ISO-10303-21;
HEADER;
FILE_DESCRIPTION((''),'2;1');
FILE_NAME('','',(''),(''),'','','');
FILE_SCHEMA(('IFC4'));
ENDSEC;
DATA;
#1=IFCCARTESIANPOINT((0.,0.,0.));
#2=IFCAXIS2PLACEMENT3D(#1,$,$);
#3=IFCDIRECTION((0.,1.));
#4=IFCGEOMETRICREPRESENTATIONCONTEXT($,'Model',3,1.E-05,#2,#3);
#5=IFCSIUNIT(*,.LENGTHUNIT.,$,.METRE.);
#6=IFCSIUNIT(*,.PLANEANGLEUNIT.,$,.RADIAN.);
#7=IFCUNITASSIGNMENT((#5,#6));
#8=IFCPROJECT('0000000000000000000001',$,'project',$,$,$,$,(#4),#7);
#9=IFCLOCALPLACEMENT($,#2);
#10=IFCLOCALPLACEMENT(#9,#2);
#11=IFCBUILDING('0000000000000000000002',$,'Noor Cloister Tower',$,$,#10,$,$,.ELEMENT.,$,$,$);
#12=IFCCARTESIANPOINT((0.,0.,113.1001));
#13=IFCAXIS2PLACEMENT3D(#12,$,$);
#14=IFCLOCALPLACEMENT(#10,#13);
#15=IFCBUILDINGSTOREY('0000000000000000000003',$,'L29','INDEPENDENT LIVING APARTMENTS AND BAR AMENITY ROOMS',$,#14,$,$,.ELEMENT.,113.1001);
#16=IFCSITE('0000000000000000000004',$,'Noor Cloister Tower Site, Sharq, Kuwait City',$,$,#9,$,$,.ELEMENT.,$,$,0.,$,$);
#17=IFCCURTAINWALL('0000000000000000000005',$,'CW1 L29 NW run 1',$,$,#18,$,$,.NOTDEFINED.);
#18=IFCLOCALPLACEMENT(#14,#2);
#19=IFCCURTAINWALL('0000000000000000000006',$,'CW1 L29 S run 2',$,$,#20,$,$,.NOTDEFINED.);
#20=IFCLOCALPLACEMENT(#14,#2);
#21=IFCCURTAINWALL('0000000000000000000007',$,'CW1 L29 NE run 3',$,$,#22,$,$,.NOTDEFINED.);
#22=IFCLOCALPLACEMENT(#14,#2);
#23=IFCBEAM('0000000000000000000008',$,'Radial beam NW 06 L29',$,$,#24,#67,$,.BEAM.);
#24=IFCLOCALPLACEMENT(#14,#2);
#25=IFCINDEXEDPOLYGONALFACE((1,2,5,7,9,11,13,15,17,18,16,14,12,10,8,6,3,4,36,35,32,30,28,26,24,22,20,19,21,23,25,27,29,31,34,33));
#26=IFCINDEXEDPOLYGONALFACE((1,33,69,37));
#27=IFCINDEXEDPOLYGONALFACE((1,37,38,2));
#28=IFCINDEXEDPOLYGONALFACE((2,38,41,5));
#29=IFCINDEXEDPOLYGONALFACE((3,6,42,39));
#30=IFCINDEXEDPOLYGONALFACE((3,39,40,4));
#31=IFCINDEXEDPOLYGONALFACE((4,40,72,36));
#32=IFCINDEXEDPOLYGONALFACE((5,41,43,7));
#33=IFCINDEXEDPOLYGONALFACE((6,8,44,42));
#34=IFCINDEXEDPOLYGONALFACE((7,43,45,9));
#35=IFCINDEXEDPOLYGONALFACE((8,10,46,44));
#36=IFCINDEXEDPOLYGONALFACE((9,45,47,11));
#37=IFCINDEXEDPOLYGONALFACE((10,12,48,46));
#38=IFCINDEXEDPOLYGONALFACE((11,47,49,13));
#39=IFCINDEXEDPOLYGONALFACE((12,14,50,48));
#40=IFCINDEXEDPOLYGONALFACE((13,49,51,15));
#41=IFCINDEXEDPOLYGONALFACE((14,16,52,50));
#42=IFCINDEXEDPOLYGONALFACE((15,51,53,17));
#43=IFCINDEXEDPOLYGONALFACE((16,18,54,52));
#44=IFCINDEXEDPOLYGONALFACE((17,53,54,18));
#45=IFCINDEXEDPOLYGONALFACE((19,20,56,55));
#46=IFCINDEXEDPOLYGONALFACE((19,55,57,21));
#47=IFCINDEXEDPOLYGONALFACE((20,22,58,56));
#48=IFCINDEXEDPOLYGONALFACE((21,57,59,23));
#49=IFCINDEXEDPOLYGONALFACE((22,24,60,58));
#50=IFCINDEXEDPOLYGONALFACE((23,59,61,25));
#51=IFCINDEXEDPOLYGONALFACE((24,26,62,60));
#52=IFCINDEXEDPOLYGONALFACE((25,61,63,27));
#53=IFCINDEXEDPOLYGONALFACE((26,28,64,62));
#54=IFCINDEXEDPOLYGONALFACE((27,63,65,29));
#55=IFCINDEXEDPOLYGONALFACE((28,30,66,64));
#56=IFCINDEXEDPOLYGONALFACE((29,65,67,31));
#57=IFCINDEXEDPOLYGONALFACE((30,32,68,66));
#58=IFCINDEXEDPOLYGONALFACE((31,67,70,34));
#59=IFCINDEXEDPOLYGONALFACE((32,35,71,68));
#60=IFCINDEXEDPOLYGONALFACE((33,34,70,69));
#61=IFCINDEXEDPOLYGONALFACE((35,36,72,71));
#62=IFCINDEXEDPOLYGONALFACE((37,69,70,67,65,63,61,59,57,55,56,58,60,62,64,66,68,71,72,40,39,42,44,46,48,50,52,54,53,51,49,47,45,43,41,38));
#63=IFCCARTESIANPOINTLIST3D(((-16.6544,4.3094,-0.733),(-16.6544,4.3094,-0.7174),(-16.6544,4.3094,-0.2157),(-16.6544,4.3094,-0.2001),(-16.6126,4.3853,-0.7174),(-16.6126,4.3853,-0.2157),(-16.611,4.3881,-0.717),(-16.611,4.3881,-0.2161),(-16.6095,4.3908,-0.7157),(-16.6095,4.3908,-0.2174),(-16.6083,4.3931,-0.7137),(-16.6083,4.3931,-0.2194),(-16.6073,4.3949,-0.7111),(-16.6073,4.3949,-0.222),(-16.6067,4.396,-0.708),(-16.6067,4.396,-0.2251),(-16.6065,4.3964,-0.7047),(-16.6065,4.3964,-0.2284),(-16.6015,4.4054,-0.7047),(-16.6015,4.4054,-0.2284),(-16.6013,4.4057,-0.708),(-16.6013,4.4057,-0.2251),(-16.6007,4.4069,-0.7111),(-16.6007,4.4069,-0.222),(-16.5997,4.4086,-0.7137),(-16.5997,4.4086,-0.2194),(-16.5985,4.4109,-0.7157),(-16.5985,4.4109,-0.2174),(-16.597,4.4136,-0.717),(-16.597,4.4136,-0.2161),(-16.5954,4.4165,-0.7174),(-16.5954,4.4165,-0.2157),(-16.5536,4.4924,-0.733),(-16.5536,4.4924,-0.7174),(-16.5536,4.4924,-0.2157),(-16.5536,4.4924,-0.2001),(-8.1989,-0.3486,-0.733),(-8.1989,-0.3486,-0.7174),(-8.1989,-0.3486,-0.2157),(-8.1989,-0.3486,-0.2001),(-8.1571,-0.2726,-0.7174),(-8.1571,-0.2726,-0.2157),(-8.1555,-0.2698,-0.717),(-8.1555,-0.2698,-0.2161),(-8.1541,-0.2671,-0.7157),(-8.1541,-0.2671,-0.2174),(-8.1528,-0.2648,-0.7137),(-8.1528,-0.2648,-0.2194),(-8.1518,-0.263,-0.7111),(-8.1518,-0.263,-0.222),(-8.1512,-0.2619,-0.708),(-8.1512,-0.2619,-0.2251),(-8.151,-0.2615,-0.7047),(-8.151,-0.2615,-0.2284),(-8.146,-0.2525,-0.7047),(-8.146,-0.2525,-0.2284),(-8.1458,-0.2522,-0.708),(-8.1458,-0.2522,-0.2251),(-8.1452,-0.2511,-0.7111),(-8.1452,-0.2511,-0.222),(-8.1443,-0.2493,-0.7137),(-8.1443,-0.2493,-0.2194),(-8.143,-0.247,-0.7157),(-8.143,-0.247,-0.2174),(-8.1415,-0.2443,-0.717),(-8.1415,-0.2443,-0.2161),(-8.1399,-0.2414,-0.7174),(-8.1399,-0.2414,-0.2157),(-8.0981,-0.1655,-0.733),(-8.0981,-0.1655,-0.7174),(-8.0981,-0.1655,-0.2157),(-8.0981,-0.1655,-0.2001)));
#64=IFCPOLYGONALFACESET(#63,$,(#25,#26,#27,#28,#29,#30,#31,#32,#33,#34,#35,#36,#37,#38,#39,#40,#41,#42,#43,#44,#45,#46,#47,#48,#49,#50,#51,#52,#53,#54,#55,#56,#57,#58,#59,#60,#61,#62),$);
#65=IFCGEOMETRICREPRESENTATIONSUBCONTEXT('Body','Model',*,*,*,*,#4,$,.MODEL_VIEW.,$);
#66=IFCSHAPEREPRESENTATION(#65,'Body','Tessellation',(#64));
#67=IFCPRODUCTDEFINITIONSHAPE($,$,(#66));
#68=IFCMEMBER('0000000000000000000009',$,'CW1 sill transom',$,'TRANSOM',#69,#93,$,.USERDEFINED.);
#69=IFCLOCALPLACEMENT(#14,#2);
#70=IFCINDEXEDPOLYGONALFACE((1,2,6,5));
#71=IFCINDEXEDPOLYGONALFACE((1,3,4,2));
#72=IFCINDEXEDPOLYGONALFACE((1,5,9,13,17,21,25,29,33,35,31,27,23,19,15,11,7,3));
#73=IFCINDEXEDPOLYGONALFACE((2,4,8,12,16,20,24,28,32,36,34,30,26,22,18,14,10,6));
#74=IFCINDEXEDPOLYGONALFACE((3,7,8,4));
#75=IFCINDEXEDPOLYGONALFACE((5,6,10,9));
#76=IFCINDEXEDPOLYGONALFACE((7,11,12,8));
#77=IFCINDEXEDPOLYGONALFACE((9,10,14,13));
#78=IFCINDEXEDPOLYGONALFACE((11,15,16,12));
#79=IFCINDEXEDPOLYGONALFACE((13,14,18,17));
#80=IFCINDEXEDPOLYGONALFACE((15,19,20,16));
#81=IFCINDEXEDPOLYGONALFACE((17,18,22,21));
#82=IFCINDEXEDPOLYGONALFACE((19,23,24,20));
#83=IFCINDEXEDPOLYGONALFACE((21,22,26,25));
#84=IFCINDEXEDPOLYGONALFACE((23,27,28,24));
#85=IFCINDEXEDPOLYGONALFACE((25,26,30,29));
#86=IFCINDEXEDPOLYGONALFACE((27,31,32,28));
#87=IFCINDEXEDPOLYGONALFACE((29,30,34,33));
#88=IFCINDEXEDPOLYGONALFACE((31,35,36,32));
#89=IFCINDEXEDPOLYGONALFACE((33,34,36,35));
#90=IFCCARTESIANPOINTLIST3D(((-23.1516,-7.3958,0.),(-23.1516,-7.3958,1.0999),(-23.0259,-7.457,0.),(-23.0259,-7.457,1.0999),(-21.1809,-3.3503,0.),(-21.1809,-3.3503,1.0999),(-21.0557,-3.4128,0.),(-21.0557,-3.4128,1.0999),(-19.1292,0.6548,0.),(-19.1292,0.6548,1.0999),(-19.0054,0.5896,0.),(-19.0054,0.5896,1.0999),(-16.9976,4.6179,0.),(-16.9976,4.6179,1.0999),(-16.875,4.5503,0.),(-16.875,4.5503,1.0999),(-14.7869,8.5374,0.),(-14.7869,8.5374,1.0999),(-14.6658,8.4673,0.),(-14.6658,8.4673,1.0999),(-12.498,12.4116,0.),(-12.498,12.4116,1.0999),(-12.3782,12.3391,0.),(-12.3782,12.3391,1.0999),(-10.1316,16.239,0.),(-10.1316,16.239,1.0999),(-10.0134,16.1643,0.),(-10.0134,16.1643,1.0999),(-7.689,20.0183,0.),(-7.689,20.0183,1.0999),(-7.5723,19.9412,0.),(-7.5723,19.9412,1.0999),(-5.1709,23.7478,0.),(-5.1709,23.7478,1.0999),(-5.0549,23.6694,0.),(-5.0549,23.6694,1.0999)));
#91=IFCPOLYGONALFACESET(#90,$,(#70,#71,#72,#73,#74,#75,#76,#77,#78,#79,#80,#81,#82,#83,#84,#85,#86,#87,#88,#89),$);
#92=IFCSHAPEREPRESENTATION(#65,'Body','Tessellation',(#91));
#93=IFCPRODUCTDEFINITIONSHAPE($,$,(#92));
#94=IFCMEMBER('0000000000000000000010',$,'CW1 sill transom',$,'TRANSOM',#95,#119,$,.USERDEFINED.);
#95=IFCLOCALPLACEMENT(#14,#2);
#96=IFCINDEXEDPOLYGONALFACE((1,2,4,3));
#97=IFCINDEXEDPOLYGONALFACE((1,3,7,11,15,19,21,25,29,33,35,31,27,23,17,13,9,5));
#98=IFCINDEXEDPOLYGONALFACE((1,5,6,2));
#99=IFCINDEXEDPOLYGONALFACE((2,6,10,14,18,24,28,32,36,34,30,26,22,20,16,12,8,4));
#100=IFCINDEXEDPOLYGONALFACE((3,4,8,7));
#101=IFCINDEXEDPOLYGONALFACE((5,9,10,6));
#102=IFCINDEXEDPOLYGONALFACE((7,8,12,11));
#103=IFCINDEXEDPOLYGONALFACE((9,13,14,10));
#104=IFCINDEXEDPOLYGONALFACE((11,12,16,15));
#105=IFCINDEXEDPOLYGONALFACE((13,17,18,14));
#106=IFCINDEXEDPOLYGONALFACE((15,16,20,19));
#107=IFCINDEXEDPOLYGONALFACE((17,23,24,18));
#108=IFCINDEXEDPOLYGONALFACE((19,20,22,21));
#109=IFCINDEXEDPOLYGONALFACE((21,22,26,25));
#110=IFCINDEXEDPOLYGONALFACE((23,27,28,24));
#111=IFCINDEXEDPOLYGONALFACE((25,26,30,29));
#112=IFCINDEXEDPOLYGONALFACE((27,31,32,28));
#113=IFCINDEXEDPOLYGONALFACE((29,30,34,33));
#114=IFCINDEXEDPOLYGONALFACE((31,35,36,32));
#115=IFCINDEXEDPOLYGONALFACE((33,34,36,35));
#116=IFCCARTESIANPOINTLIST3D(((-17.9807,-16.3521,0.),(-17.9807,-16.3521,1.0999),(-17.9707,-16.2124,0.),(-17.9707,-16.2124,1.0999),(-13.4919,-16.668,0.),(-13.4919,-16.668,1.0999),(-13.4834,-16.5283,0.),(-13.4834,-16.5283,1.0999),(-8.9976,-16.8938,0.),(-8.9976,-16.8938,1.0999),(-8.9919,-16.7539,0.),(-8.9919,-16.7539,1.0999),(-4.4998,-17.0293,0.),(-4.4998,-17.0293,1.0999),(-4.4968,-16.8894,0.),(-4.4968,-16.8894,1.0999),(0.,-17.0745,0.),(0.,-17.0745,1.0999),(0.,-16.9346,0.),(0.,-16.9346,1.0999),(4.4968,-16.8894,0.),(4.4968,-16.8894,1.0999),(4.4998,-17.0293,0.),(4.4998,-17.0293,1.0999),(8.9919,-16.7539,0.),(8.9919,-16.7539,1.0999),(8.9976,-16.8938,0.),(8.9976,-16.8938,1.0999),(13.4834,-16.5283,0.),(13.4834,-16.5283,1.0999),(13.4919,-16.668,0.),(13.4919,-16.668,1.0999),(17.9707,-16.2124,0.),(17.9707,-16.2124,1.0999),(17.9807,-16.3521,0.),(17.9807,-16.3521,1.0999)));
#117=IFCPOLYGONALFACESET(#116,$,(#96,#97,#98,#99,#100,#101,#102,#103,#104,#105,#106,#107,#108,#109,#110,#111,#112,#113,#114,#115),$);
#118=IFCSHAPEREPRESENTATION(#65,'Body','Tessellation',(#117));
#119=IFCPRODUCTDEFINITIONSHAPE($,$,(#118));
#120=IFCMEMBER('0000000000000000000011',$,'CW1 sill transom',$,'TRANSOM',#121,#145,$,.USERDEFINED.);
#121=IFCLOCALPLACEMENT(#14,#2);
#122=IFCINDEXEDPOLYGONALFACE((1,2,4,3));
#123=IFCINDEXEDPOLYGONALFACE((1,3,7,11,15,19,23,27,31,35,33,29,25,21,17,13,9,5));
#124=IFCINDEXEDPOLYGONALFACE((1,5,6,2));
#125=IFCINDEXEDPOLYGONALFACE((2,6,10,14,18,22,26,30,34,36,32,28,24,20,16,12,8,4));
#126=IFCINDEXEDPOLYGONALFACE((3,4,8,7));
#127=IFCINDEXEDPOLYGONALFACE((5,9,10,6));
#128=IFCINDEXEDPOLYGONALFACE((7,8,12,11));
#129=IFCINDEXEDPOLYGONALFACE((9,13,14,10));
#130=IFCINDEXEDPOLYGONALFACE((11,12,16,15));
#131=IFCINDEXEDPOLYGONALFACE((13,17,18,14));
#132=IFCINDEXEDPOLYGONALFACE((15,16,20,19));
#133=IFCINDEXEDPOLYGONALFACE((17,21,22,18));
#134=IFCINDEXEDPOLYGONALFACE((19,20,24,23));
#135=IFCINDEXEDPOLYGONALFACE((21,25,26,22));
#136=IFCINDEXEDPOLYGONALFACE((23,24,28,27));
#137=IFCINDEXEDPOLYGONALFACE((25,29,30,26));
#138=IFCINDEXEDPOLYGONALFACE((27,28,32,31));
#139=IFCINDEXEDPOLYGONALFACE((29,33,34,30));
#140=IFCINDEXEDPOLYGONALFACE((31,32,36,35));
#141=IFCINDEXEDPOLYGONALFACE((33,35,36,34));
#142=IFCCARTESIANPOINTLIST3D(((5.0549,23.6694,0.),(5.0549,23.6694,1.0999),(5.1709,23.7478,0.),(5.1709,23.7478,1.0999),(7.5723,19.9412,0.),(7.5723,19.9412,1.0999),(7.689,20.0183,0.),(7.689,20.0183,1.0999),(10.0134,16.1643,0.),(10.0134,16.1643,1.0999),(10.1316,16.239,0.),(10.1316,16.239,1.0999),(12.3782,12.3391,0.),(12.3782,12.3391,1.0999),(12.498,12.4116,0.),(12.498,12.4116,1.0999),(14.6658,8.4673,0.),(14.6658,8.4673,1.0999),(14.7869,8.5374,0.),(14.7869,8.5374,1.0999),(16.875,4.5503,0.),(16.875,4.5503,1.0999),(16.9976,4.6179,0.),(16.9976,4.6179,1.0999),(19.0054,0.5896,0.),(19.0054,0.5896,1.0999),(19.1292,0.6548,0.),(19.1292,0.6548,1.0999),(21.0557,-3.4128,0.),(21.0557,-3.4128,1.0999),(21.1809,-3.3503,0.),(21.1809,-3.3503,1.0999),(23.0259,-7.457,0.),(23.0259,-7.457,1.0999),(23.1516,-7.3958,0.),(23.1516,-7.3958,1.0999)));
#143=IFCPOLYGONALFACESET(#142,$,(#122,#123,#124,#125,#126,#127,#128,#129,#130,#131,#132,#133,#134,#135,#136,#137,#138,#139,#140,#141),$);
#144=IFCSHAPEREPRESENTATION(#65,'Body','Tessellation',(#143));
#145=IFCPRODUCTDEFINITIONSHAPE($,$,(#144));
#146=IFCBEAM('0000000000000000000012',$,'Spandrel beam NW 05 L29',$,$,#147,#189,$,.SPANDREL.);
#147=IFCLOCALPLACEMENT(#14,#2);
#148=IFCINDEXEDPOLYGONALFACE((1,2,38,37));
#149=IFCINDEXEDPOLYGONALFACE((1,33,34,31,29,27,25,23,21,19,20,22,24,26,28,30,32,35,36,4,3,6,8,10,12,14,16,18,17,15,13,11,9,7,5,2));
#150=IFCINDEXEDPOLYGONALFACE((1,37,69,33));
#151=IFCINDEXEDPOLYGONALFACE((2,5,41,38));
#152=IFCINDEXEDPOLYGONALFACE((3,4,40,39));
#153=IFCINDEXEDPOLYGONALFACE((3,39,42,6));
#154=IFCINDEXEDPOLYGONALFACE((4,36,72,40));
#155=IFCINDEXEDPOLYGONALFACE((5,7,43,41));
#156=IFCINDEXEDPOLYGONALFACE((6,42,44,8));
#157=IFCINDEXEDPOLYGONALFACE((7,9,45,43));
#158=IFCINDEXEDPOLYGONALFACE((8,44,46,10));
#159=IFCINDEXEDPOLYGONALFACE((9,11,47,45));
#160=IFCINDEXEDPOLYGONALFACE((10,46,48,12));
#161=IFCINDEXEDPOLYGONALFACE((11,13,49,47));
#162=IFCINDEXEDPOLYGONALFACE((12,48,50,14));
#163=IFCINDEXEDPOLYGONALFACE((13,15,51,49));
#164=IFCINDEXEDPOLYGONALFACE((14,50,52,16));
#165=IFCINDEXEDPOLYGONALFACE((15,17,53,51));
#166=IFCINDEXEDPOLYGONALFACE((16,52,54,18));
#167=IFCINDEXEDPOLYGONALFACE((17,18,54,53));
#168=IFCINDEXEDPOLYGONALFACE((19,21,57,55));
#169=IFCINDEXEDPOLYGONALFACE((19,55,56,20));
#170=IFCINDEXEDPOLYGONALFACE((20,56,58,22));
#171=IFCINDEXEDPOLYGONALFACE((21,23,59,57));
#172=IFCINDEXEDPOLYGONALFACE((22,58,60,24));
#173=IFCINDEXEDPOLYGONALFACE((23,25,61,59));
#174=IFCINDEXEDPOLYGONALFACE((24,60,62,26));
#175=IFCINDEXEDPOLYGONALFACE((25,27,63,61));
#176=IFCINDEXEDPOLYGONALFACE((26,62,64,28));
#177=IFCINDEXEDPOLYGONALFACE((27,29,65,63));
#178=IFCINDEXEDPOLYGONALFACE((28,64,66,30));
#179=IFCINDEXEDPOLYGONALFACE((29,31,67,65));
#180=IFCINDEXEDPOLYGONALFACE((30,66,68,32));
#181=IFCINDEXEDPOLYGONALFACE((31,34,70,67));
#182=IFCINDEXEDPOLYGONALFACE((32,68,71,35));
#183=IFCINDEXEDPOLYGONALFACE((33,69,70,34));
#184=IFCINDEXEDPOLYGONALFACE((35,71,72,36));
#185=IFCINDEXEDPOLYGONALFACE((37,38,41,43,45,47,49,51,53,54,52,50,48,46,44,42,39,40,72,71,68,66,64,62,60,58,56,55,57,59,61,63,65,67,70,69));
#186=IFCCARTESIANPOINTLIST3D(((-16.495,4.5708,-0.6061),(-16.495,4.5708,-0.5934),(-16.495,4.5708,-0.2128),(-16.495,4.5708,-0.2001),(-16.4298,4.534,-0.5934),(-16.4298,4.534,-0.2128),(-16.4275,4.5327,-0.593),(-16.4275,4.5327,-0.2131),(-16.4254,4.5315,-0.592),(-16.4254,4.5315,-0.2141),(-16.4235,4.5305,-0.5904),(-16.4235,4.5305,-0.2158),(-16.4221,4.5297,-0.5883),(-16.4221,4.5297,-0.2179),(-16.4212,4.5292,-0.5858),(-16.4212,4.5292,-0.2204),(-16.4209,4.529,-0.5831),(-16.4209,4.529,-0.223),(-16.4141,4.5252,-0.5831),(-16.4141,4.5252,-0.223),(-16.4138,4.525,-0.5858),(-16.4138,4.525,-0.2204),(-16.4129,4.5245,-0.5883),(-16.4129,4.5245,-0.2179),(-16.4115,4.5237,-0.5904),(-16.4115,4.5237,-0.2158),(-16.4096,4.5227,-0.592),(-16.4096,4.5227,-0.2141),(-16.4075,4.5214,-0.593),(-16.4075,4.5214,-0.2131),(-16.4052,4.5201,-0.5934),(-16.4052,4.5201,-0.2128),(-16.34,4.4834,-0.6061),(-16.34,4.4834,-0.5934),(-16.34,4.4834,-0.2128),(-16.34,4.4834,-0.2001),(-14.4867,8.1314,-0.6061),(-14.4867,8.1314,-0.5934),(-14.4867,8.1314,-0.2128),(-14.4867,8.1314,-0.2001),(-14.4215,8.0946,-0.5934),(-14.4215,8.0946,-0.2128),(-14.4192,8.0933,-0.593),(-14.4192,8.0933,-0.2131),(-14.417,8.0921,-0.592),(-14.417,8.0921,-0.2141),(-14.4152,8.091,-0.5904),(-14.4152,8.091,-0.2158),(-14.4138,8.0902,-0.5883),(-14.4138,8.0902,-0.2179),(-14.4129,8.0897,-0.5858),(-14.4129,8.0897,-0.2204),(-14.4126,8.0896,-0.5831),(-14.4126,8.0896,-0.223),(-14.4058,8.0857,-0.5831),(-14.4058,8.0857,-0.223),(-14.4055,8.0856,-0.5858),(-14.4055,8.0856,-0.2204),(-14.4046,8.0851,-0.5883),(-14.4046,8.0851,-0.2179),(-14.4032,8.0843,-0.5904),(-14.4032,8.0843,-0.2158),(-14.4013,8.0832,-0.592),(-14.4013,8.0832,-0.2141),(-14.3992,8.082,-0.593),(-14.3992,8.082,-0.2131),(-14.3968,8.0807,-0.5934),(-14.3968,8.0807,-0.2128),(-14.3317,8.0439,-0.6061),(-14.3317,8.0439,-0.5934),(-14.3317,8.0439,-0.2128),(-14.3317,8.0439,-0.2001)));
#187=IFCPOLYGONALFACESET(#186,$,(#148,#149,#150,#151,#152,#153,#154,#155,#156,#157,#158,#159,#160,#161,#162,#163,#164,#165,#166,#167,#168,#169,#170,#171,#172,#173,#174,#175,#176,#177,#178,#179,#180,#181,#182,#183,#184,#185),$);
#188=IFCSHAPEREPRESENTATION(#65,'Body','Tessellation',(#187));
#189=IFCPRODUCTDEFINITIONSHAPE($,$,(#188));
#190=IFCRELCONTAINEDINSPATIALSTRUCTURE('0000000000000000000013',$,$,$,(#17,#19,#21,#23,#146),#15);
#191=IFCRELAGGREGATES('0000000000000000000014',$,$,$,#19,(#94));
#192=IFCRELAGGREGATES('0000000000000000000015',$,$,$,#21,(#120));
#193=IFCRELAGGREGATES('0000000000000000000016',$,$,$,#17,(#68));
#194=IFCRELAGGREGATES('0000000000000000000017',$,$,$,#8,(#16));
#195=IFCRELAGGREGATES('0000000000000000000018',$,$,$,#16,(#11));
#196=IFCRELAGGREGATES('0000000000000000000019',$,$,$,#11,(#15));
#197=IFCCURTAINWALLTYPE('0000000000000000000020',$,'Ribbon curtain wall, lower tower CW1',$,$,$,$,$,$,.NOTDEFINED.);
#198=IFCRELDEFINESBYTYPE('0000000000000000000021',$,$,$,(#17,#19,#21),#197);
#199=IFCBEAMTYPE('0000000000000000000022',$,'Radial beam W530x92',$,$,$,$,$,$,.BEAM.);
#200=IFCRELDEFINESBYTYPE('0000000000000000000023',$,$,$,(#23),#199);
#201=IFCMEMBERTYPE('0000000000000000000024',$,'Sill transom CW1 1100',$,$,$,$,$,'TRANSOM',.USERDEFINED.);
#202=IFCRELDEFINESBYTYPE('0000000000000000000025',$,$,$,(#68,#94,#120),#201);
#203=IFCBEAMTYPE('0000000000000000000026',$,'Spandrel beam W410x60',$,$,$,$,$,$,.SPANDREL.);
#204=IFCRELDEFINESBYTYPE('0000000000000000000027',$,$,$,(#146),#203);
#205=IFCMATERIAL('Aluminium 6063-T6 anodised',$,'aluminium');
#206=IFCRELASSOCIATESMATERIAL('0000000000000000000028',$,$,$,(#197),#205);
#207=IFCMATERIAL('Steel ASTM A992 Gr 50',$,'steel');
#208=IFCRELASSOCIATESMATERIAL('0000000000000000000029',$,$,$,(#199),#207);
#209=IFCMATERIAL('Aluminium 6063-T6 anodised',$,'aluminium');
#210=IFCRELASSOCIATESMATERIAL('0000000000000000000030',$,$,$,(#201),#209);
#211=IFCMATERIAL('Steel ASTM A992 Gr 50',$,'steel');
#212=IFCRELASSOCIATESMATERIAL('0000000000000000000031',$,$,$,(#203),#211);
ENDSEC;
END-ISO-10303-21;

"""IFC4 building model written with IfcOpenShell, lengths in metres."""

from ifc_helpers import new_model, si_unit, direction, frame, origin, origin_2d, place, context, subcontext, project, spatial, polyline, i_section, outline, extrude, material, material_profile, profile_set, type_object, element, aggregate, save


model = new_model("IFC4")

# Units and contexts
model_context = context("Model", 3, precision=1e-05, world=origin(), true_north=direction((0.0, 1.0)))
body_context = subcontext(model_context, "Body", "Model", "MODEL_VIEW")
ifc_project = project(units=[si_unit("LENGTHUNIT", "METRE"), si_unit("PLANEANGLEUNIT", "RADIAN")], contexts=[model_context])

# Site, building, storey
site_placement = place(None, origin())
site = spatial("IfcSite", under=ifc_project, at=site_placement, Name="Noor Cloister Tower Site, Sharq, Kuwait City", CompositionType="ELEMENT", RefElevation=0.0)
building_placement = place(site_placement, origin())
building = spatial("IfcBuilding", under=site, at=building_placement, Name="Noor Cloister Tower", CompositionType="ELEMENT")
storey_placement = place(building_placement, frame((0.0, 0.0, 113.1001)))
storey = spatial("IfcBuildingStorey", under=building, at=storey_placement, Name="L29", Description="INDEPENDENT LIVING APARTMENTS AND BAR AMENITY ROOMS", CompositionType="ELEMENT", Elevation=113.1001)

# Curtain walls
ifc_material_1 = material(Name="Aluminium 6063-T6 anodised", Category="aluminium")
curtain_wall_type = type_object("IfcCurtainWallType", Name="Ribbon curtain wall, lower tower CW1", PredefinedType="NOTDEFINED", material=ifc_material_1)
curtain_wall_1_placement = place(storey_placement, origin())
curtain_wall_1 = element("IfcCurtainWall", 1, at=curtain_wall_1_placement, inside=storey, type_object=curtain_wall_type, Name="CW1 L29 NW run 1", PredefinedType="NOTDEFINED")
curtain_wall_2_placement = place(storey_placement, origin())
curtain_wall_2 = element("IfcCurtainWall", 2, at=curtain_wall_2_placement, inside=storey, type_object=curtain_wall_type, Name="CW1 L29 S run 2", PredefinedType="NOTDEFINED")
curtain_wall_3_placement = place(storey_placement, origin())
curtain_wall_3 = element("IfcCurtainWall", 3, at=curtain_wall_3_placement, inside=storey, type_object=curtain_wall_type, Name="CW1 L29 NE run 3", PredefinedType="NOTDEFINED")

# Beam
ifc_material_2 = material(Name="Steel ASTM A992 Gr 50", Category="steel")
ifc_material_profile_1 = material_profile(ifc_material_2, i_section(OverallWidth=0.209, OverallDepth=0.533, WebThickness=0.0103, FlangeThickness=0.0156, FilletRadius=0.0127, at=origin_2d()), Name="W530x92")
ifc_profile_set_1 = profile_set([ifc_material_profile_1], Name="Steel ASTM A992 Gr 50")
beam_type_1 = type_object("IfcBeamType", Name="Radial beam W530x92", PredefinedType="BEAM", material=ifc_profile_set_1)
beam_1_placement = place(storey_placement, frame((-16.604, 4.4009, -0.4666), z_axis=(0.875892, -0.482507, 0.0), x_axis=(0.482507, 0.875892, 0.0)))
element("IfcBeam", 4, at=beam_1_placement, inside=storey, type_object=beam_type_1, Name="Radial beam NW 06 L29", PredefinedType="BEAM", context=body_context, shape_type="SweptSolid", body=[
    extrude(i_section(OverallWidth=0.209, OverallDepth=0.533, WebThickness=0.0103, FlangeThickness=0.0156, FilletRadius=0.0127, at=origin_2d()), origin(), (0.0, 0.0, 1.0), 9.6536),
])

# Members
ifc_material_3 = material(Name="Aluminium 6063-T6 anodised", Category="aluminium")
member_type_1 = type_object("IfcMemberType", Name="Sill transom CW1 1100", ElementType="TRANSOM", PredefinedType="USERDEFINED", material=ifc_material_3)
member_1_placement = place(storey_placement, origin())
member_1 = element("IfcMember", 5, at=member_1_placement, type_object=member_type_1, Name="CW1 sill transom", ObjectType="TRANSOM", PredefinedType="USERDEFINED", context=body_context, shape_type="SweptSolid", body=[
    extrude(outline(polyline([(-5.1709, 23.7478), (-7.689, 20.0183), (-10.1316, 16.239), (-12.498, 12.4116), (-14.7869, 8.5374), (-16.9976, 4.6179), (-19.1292, 0.6548), (-21.1809, -3.3503), (-23.1516, -7.3958), (-23.0259, -7.457), (-21.0557, -3.4128), (-19.0054, 0.5896), (-16.875, 4.5503), (-14.6658, 8.4673), (-12.3782, 12.3391), (-10.0134, 16.1643), (-7.5723, 19.9412), (-5.0549, 23.6694), (-5.1709, 23.7478)])), origin(), (0.0, 0.0, 1.0), 1.0999),
])
member_2_placement = place(storey_placement, origin())
member_2 = element("IfcMember", 6, at=member_2_placement, type_object=member_type_1, Name="CW1 sill transom", ObjectType="TRANSOM", PredefinedType="USERDEFINED", context=body_context, shape_type="SweptSolid", body=[
    extrude(outline(polyline([(-17.9807, -16.3521), (-13.4919, -16.668), (-8.9976, -16.8938), (-4.4998, -17.0293), (0.0, -17.0745), (4.4998, -17.0293), (8.9976, -16.8938), (13.4919, -16.668), (17.9807, -16.3521), (17.9707, -16.2124), (13.4834, -16.5283), (8.9919, -16.7539), (4.4968, -16.8894), (0.0, -16.9346), (-4.4968, -16.8894), (-8.9919, -16.7539), (-13.4834, -16.5283), (-17.9707, -16.2124), (-17.9807, -16.3521)])), origin(), (0.0, 0.0, 1.0), 1.0999),
])
aggregate(curtain_wall_2, [member_2])
member_3_placement = place(storey_placement, origin())
member_3 = element("IfcMember", 7, at=member_3_placement, type_object=member_type_1, Name="CW1 sill transom", ObjectType="TRANSOM", PredefinedType="USERDEFINED", context=body_context, shape_type="SweptSolid", body=[
    extrude(outline(polyline([(23.1516, -7.3958), (21.1809, -3.3503), (19.1292, 0.6548), (16.9976, 4.6179), (14.7869, 8.5374), (12.498, 12.4116), (10.1316, 16.239), (7.689, 20.0183), (5.1709, 23.7478), (5.0549, 23.6694), (7.5723, 19.9412), (10.0134, 16.1643), (12.3782, 12.3391), (14.6658, 8.4673), (16.875, 4.5503), (19.0054, 0.5896), (21.0557, -3.4128), (23.0259, -7.457), (23.1516, -7.3958)])), origin(), (0.0, 0.0, 1.0), 1.0999),
])
aggregate(curtain_wall_3, [member_3])

# Beam
ifc_material_4 = material(Name="Steel ASTM A992 Gr 50", Category="steel")
ifc_material_profile_2 = material_profile(ifc_material_4, i_section(OverallWidth=0.178, OverallDepth=0.406, WebThickness=0.0078, FlangeThickness=0.0127, FilletRadius=0.0103, at=origin_2d()), Name="W410x60")
ifc_profile_set_2 = profile_set([ifc_material_profile_2], Name="Steel ASTM A992 Gr 50")
beam_type_2 = type_object("IfcBeamType", Name="Spandrel beam W410x60", PredefinedType="SPANDREL", material=ifc_profile_set_2)
for number, where, z_axis, x_axis, name in (
    (8, (-14.4092, 8.0876, -0.4031), (-0.491282, -0.871001, 0.0), (0.871001, -0.491282, 0.0), "Spandrel beam NW 05 L29"),
):
    element("IfcBeam", number, at=place(storey_placement, frame(where, z_axis=z_axis, x_axis=x_axis)), inside=storey, type_object=beam_type_2, Name=name, PredefinedType="SPANDREL", context=body_context, shape_type="SweptSolid", body=[
        extrude(i_section(OverallWidth=0.178, OverallDepth=0.406, WebThickness=0.0078, FlangeThickness=0.0127, FilletRadius=0.0103, at=origin_2d()), origin(), (0.0, 0.0, 1.0), 4.0879),
    ])

aggregate(curtain_wall_1, [member_1])

save(model, "model.ifc")
